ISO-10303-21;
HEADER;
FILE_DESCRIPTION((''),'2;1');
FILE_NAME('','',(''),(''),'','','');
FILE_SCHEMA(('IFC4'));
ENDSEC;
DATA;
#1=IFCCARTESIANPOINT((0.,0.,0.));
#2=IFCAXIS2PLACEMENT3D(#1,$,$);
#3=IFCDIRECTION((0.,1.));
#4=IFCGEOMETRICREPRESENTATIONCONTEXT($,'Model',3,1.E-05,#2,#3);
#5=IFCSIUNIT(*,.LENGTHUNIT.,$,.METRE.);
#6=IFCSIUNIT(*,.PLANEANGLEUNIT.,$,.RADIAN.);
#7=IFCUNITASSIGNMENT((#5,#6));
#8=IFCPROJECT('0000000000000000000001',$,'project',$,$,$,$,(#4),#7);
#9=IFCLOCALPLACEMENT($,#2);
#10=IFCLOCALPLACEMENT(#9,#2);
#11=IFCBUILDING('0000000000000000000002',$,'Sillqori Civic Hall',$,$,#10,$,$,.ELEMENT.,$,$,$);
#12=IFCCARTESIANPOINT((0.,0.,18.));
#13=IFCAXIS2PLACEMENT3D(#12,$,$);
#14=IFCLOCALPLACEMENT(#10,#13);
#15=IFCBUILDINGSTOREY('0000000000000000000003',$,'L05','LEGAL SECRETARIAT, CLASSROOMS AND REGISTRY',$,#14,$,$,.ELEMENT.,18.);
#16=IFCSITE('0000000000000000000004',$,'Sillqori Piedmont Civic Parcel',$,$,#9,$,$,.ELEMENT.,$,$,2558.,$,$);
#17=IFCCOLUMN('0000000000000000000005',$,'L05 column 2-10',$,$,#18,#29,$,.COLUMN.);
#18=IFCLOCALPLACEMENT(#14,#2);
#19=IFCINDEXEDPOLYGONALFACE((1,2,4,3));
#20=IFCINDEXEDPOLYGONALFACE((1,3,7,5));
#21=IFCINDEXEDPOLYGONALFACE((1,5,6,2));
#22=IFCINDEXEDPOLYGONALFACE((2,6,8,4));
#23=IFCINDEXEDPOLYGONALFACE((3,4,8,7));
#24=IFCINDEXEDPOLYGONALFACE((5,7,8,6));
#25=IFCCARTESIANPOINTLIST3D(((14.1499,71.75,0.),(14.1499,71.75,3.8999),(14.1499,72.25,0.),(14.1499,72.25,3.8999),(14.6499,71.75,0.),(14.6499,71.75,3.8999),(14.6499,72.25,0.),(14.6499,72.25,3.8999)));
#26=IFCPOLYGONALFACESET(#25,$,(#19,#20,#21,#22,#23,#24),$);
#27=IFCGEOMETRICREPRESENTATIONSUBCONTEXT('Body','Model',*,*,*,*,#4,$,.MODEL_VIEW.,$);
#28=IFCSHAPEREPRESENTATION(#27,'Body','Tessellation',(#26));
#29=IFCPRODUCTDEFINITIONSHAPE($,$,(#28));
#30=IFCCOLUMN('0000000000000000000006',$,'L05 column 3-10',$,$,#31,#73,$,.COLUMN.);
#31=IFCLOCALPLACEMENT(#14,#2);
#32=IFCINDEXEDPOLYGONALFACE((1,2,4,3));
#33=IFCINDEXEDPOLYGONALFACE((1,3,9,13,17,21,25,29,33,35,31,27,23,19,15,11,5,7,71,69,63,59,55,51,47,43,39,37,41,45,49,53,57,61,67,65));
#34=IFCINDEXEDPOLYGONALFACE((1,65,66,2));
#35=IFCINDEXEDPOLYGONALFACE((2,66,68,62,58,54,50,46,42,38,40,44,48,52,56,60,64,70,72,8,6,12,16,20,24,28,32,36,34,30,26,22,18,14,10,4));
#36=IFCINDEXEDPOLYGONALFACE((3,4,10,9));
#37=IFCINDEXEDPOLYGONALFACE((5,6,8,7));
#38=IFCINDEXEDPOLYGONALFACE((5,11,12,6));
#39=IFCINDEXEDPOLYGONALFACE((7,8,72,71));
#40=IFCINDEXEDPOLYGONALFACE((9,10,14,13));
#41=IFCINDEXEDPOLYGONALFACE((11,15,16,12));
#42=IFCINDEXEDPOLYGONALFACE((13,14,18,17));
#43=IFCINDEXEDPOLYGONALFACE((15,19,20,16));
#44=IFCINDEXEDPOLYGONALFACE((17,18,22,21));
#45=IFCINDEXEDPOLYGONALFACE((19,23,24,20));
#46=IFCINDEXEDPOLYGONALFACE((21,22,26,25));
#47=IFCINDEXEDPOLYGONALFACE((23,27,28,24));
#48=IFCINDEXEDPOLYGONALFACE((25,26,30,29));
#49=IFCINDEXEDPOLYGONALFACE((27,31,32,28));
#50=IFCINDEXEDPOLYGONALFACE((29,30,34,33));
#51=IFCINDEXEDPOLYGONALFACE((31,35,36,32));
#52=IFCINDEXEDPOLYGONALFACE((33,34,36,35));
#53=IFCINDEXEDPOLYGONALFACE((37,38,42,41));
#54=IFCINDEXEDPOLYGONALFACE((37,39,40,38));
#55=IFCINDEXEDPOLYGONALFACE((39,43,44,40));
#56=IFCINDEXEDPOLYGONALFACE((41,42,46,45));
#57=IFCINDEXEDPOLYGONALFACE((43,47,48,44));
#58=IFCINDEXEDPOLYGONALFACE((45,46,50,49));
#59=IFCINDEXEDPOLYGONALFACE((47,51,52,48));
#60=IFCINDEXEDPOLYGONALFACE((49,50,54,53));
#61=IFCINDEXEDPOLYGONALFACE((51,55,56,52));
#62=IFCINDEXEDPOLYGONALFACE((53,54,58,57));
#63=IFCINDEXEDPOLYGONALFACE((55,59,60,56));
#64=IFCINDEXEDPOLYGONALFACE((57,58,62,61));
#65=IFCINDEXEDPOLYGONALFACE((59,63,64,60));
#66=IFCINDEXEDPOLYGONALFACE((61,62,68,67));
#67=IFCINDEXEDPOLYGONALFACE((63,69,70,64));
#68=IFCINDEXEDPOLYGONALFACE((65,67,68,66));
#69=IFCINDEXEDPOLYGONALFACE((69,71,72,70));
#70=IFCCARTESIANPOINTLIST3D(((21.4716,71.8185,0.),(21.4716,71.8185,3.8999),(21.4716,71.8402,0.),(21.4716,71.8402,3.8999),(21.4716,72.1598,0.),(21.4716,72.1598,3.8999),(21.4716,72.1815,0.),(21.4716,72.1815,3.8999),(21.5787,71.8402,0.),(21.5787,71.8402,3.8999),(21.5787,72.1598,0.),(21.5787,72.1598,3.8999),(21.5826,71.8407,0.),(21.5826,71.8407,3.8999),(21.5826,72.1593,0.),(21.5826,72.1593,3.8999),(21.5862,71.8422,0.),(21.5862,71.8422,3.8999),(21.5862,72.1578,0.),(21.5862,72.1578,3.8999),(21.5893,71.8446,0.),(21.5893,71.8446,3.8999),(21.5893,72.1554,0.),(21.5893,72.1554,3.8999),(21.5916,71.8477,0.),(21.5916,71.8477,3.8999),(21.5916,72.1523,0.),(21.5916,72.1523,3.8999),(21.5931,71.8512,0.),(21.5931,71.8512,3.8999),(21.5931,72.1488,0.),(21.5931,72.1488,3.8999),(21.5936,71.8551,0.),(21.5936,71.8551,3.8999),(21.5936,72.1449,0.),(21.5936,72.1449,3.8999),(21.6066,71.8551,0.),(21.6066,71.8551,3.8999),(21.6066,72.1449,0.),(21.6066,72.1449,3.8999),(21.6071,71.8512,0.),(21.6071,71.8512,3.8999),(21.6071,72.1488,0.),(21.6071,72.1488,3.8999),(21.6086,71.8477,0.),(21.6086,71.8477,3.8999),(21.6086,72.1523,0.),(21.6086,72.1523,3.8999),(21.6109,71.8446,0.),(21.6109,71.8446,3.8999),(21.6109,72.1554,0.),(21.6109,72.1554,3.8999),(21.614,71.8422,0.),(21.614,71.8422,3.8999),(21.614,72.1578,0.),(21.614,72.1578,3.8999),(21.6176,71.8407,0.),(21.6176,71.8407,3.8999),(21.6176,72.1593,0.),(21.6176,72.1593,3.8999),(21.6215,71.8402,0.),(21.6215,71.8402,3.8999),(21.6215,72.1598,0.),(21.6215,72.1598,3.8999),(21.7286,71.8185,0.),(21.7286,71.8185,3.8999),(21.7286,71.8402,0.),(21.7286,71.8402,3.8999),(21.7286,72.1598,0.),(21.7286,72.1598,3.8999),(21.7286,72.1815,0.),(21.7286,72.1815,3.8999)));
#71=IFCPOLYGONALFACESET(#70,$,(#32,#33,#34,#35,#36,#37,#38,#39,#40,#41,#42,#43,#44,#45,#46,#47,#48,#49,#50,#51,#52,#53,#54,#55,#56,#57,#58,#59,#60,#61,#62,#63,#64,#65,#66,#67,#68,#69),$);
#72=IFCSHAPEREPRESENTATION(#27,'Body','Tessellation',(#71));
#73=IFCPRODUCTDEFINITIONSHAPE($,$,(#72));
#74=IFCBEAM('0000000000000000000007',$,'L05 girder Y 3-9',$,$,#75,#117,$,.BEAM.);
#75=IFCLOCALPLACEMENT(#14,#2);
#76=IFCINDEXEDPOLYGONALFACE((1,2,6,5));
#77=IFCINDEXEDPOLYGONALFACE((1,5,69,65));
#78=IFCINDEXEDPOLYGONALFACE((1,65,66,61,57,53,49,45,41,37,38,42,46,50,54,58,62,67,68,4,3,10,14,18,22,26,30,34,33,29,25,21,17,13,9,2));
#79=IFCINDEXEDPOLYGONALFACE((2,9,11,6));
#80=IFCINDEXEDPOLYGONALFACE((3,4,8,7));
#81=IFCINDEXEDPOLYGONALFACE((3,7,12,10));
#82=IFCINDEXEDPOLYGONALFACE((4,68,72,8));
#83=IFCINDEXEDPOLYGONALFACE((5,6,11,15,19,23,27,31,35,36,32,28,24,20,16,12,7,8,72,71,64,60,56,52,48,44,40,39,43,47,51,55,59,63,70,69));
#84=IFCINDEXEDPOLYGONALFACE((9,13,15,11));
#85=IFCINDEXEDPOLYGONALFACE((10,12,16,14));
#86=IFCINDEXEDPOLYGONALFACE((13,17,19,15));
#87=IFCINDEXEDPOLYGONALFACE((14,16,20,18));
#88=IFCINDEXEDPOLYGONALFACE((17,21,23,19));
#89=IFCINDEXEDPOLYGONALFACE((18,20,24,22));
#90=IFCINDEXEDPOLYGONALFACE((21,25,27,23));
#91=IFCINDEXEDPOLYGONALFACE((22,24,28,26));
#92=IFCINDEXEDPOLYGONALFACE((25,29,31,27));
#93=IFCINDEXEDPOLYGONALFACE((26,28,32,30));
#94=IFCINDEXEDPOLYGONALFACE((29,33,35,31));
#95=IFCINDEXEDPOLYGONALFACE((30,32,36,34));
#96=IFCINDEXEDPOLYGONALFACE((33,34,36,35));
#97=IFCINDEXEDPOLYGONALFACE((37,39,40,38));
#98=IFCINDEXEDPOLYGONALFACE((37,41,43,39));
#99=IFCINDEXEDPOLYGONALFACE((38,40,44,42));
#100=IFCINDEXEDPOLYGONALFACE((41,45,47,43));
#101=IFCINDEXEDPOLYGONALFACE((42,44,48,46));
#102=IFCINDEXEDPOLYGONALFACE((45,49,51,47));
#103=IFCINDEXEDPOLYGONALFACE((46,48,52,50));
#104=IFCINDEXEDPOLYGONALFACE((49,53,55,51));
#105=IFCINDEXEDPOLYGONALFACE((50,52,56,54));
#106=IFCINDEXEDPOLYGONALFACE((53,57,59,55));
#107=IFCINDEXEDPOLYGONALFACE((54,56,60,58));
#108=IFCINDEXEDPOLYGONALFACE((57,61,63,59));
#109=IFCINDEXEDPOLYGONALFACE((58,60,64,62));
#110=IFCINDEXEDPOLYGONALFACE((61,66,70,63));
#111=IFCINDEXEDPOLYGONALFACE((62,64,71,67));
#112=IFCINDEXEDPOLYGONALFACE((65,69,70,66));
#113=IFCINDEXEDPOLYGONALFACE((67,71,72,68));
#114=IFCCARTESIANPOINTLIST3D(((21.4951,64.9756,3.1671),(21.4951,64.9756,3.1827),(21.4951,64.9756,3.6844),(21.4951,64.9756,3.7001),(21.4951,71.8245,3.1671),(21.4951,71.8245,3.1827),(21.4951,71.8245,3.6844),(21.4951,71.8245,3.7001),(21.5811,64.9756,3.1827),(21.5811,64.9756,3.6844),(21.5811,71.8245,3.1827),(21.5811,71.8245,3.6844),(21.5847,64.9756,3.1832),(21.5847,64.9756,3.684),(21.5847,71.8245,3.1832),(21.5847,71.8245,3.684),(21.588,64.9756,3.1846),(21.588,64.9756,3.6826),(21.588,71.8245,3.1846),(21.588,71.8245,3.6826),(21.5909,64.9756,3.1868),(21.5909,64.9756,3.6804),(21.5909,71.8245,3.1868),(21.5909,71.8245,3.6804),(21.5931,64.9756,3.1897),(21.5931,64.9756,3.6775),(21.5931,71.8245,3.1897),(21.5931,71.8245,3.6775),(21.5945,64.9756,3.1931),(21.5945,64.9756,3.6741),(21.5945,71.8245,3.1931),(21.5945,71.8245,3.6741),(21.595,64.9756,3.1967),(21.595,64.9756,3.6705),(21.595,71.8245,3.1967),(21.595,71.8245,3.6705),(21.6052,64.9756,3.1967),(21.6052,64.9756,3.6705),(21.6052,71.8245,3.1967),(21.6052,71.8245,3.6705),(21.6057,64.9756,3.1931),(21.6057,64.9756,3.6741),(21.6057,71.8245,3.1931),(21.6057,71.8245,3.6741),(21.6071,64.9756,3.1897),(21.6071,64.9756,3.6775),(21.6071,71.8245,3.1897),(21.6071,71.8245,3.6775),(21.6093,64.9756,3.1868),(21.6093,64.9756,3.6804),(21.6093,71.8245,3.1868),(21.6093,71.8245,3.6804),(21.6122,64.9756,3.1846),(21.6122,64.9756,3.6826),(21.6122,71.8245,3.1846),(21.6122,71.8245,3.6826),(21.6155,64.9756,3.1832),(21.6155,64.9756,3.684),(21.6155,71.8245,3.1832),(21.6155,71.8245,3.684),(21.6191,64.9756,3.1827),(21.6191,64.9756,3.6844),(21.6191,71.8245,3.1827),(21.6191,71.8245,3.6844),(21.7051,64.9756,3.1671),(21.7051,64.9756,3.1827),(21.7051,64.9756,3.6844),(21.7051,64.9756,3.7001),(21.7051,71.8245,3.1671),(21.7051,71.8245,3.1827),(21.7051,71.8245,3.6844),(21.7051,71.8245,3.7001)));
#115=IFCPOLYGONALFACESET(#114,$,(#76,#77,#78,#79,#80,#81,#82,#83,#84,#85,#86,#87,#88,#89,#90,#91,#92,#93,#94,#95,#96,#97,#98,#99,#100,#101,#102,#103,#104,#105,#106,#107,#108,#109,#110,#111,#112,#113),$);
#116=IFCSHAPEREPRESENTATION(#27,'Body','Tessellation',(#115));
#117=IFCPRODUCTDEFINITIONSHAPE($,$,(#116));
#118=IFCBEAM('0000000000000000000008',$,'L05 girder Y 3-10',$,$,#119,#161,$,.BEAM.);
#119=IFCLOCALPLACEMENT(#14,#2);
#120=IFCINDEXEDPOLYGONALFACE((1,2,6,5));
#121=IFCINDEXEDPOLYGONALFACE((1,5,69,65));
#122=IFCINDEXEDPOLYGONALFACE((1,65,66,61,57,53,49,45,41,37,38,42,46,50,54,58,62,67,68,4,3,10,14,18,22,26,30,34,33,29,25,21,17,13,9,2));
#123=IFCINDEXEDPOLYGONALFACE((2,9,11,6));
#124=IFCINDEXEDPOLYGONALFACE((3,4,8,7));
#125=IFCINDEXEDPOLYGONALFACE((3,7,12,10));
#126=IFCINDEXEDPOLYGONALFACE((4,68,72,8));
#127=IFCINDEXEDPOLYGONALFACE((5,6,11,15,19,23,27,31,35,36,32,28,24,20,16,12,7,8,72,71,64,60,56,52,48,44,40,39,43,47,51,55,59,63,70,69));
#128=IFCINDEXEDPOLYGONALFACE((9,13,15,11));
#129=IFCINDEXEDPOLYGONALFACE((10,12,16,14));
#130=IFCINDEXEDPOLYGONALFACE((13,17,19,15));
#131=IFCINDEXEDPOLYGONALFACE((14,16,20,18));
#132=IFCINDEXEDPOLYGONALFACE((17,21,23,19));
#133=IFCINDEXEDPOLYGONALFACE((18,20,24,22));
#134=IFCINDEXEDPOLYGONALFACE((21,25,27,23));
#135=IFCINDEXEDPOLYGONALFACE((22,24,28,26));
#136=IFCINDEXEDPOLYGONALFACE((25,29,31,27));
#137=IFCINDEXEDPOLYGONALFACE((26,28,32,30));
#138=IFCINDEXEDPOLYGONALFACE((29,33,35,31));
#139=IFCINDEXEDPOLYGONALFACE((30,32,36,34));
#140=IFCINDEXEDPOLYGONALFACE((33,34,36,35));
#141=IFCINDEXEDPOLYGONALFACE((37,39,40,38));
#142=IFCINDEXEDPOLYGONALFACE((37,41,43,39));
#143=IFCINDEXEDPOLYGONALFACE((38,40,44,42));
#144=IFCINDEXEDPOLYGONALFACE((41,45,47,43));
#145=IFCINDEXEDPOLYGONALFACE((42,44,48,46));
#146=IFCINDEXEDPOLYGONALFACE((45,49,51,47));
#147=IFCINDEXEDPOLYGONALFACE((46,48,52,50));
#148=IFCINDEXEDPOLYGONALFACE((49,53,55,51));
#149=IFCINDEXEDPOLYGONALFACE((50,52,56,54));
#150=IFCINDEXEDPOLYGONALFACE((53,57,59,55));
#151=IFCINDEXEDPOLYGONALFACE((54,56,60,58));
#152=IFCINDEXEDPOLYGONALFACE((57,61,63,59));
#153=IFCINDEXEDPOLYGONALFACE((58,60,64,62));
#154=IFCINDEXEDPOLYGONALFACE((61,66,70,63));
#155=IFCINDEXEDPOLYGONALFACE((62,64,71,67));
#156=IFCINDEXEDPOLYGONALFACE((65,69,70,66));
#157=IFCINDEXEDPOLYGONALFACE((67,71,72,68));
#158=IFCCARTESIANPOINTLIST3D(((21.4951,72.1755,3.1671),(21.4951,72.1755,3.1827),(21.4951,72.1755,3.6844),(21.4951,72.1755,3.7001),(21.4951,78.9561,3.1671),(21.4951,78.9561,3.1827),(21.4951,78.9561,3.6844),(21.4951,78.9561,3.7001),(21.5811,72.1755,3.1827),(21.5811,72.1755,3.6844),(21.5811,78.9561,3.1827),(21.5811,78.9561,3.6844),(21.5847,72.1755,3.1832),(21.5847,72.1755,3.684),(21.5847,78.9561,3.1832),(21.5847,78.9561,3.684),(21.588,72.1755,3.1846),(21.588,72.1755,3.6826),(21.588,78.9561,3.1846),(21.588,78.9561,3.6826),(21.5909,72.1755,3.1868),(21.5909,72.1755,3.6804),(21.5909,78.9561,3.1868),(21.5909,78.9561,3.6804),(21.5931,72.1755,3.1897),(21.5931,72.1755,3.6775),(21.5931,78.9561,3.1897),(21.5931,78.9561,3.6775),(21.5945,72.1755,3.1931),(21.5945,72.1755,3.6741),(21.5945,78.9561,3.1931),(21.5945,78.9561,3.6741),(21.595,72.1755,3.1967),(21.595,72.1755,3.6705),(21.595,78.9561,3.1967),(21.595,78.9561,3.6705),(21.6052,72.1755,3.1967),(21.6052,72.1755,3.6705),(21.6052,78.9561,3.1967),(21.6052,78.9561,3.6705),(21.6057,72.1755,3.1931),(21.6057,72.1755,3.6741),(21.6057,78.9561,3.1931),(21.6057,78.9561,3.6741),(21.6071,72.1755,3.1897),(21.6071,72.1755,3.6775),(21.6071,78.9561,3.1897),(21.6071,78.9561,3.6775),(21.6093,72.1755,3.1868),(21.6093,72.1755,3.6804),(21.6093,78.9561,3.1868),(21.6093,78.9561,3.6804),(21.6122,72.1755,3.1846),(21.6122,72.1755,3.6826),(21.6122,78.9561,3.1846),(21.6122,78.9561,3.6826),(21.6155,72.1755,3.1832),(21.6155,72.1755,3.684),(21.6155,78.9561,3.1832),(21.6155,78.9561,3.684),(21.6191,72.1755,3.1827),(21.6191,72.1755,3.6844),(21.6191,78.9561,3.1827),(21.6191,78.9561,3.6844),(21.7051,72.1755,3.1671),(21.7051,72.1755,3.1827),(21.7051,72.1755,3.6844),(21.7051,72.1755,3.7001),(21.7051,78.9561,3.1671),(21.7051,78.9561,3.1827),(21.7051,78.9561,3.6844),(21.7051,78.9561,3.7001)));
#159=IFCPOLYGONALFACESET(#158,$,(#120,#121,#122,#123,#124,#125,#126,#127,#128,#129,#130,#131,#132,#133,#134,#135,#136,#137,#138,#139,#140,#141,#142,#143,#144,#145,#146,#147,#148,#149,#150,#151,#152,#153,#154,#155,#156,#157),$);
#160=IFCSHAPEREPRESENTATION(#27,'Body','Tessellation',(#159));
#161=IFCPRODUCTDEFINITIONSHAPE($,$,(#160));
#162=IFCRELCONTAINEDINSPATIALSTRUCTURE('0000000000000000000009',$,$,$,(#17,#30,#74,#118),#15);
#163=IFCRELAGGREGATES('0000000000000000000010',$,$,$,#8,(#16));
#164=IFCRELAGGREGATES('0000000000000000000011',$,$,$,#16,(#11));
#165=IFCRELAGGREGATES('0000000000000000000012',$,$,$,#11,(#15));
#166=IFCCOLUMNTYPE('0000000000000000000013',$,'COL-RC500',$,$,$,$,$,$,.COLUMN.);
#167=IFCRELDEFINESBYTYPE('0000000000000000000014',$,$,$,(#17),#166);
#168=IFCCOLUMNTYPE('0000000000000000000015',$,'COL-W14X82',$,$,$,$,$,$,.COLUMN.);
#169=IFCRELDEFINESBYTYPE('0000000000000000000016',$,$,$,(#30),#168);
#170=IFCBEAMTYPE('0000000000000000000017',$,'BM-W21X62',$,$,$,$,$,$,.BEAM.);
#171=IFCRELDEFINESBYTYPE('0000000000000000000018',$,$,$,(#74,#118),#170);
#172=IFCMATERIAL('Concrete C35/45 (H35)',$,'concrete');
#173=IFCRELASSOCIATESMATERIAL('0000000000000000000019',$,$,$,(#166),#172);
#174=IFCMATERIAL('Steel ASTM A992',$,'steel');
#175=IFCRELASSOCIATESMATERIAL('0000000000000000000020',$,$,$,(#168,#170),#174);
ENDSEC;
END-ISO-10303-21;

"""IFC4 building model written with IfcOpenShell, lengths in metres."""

from ifc_helpers import new_model, si_unit, direction, frame, origin, origin_2d, place, context, subcontext, project, spatial, rectangle, i_section, extrude, material, material_profile, profile_set, type_object, element, save


model = new_model("IFC4")

# Units and contexts
model_context = context("Model", 3, precision=1e-05, world=origin(), true_north=direction((0.0, 1.0)))
body_context = subcontext(model_context, "Body", "Model", "MODEL_VIEW")
ifc_project = project(units=[si_unit("LENGTHUNIT", "METRE"), si_unit("PLANEANGLEUNIT", "RADIAN")], contexts=[model_context])

# Site, building, storey
site_placement = place(None, origin())
site = spatial("IfcSite", under=ifc_project, at=site_placement, Name="Sillqori Piedmont Civic Parcel", CompositionType="ELEMENT", RefElevation=2558.0)
building_placement = place(site_placement, origin())
building = spatial("IfcBuilding", under=site, at=building_placement, Name="Sillqori Civic Hall", CompositionType="ELEMENT")
storey_placement = place(building_placement, frame((0.0, 0.0, 18.0)))
storey = spatial("IfcBuildingStorey", under=building, at=storey_placement, Name="L05", Description="LEGAL SECRETARIAT, CLASSROOMS AND REGISTRY", CompositionType="ELEMENT", Elevation=18.0)

# Columns
ifc_material_1 = material(Name="Concrete C35/45 (H35)", Category="concrete")
ifc_material_profile_1 = material_profile(ifc_material_1, rectangle(XDim=0.5, YDim=0.5, at=origin_2d()), Name="RC 500x500")
ifc_profile_set_1 = profile_set([ifc_material_profile_1], Name="Concrete C35/45 (H35)")
column_type_1 = type_object("IfcColumnType", Name="COL-RC500", PredefinedType="COLUMN", material=ifc_profile_set_1)
column_1_placement = place(storey_placement, frame((14.3999, 72.0, 0.0), z_axis=(0.0, 0.0, 1.0), x_axis=(1.0, 0.0, 0.0)))
element("IfcColumn", 1, at=column_1_placement, inside=storey, type_object=column_type_1, Name="L05 column 2-10", PredefinedType="COLUMN", context=body_context, shape_type="SweptSolid", body=[
    extrude(rectangle(XDim=0.5, YDim=0.5, at=origin_2d()), origin(), (0.0, 0.0, 1.0), 3.8999),
])
ifc_material_2 = material(Name="Steel ASTM A992", Category="steel")
ifc_material_profile_2 = material_profile(ifc_material_2, i_section(OverallWidth=0.2571, OverallDepth=0.363, WebThickness=0.0129, FlangeThickness=0.0217, FilletRadius=0.0149, at=origin_2d()), Name="W14X82")
ifc_profile_set_2 = profile_set([ifc_material_profile_2], Name="Steel ASTM A992")
column_type_2 = type_object("IfcColumnType", Name="COL-W14X82", PredefinedType="COLUMN", material=ifc_profile_set_2)
column_2_placement = place(storey_placement, frame((21.6001, 72.0, 0.0), z_axis=(0.0, 0.0, 1.0), x_axis=(1.0, 0.0, 0.0)))
element("IfcColumn", 2, at=column_2_placement, inside=storey, type_object=column_type_2, Name="L05 column 3-10", PredefinedType="COLUMN", context=body_context, shape_type="SweptSolid", body=[
    extrude(i_section(OverallWidth=0.2571, OverallDepth=0.363, WebThickness=0.0129, FlangeThickness=0.0217, FilletRadius=0.0149, at=origin_2d()), origin(), (0.0, 0.0, 1.0), 3.8999),
])

# Beams
ifc_material_profile_3 = material_profile(ifc_material_2, i_section(OverallWidth=0.21, OverallDepth=0.533, WebThickness=0.0103, FlangeThickness=0.0156, FilletRadius=0.0139, at=origin_2d()), Name="W21X62")
ifc_profile_set_3 = profile_set([ifc_material_profile_3], Name="Steel ASTM A992")
beam_type_1 = type_object("IfcBeamType", Name="BM-W21X62", PredefinedType="BEAM", material=ifc_profile_set_3)
beam_1_placement = place(storey_placement, frame((21.6001, 64.9756, 3.4336), z_axis=(0.0, 1.0, 0.0), x_axis=(-1.0, 0.0, 0.0)))
element("IfcBeam", 3, at=beam_1_placement, inside=storey, type_object=beam_type_1, Name="L05 girder Y 3-9", PredefinedType="BEAM", context=body_context, shape_type="SweptSolid", body=[
    extrude(i_section(OverallWidth=0.21, OverallDepth=0.533, WebThickness=0.0103, FlangeThickness=0.0156, FilletRadius=0.0139, at=origin_2d()), origin(), (0.0, 0.0, 1.0), 6.8489),
])
beam_2_placement = place(storey_placement, frame((21.6001, 72.1755, 3.4336), z_axis=(0.0, 1.0, 0.0), x_axis=(-1.0, 0.0, 0.0)))
element("IfcBeam", 4, at=beam_2_placement, inside=storey, type_object=beam_type_1, Name="L05 girder Y 3-10", PredefinedType="BEAM", context=body_context, shape_type="SweptSolid", body=[
    extrude(i_section(OverallWidth=0.21, OverallDepth=0.533, WebThickness=0.0103, FlangeThickness=0.0156, FilletRadius=0.0139, at=origin_2d()), origin(), (0.0, 0.0, 1.0), 6.7805),
])

save(model, "model.ifc")
